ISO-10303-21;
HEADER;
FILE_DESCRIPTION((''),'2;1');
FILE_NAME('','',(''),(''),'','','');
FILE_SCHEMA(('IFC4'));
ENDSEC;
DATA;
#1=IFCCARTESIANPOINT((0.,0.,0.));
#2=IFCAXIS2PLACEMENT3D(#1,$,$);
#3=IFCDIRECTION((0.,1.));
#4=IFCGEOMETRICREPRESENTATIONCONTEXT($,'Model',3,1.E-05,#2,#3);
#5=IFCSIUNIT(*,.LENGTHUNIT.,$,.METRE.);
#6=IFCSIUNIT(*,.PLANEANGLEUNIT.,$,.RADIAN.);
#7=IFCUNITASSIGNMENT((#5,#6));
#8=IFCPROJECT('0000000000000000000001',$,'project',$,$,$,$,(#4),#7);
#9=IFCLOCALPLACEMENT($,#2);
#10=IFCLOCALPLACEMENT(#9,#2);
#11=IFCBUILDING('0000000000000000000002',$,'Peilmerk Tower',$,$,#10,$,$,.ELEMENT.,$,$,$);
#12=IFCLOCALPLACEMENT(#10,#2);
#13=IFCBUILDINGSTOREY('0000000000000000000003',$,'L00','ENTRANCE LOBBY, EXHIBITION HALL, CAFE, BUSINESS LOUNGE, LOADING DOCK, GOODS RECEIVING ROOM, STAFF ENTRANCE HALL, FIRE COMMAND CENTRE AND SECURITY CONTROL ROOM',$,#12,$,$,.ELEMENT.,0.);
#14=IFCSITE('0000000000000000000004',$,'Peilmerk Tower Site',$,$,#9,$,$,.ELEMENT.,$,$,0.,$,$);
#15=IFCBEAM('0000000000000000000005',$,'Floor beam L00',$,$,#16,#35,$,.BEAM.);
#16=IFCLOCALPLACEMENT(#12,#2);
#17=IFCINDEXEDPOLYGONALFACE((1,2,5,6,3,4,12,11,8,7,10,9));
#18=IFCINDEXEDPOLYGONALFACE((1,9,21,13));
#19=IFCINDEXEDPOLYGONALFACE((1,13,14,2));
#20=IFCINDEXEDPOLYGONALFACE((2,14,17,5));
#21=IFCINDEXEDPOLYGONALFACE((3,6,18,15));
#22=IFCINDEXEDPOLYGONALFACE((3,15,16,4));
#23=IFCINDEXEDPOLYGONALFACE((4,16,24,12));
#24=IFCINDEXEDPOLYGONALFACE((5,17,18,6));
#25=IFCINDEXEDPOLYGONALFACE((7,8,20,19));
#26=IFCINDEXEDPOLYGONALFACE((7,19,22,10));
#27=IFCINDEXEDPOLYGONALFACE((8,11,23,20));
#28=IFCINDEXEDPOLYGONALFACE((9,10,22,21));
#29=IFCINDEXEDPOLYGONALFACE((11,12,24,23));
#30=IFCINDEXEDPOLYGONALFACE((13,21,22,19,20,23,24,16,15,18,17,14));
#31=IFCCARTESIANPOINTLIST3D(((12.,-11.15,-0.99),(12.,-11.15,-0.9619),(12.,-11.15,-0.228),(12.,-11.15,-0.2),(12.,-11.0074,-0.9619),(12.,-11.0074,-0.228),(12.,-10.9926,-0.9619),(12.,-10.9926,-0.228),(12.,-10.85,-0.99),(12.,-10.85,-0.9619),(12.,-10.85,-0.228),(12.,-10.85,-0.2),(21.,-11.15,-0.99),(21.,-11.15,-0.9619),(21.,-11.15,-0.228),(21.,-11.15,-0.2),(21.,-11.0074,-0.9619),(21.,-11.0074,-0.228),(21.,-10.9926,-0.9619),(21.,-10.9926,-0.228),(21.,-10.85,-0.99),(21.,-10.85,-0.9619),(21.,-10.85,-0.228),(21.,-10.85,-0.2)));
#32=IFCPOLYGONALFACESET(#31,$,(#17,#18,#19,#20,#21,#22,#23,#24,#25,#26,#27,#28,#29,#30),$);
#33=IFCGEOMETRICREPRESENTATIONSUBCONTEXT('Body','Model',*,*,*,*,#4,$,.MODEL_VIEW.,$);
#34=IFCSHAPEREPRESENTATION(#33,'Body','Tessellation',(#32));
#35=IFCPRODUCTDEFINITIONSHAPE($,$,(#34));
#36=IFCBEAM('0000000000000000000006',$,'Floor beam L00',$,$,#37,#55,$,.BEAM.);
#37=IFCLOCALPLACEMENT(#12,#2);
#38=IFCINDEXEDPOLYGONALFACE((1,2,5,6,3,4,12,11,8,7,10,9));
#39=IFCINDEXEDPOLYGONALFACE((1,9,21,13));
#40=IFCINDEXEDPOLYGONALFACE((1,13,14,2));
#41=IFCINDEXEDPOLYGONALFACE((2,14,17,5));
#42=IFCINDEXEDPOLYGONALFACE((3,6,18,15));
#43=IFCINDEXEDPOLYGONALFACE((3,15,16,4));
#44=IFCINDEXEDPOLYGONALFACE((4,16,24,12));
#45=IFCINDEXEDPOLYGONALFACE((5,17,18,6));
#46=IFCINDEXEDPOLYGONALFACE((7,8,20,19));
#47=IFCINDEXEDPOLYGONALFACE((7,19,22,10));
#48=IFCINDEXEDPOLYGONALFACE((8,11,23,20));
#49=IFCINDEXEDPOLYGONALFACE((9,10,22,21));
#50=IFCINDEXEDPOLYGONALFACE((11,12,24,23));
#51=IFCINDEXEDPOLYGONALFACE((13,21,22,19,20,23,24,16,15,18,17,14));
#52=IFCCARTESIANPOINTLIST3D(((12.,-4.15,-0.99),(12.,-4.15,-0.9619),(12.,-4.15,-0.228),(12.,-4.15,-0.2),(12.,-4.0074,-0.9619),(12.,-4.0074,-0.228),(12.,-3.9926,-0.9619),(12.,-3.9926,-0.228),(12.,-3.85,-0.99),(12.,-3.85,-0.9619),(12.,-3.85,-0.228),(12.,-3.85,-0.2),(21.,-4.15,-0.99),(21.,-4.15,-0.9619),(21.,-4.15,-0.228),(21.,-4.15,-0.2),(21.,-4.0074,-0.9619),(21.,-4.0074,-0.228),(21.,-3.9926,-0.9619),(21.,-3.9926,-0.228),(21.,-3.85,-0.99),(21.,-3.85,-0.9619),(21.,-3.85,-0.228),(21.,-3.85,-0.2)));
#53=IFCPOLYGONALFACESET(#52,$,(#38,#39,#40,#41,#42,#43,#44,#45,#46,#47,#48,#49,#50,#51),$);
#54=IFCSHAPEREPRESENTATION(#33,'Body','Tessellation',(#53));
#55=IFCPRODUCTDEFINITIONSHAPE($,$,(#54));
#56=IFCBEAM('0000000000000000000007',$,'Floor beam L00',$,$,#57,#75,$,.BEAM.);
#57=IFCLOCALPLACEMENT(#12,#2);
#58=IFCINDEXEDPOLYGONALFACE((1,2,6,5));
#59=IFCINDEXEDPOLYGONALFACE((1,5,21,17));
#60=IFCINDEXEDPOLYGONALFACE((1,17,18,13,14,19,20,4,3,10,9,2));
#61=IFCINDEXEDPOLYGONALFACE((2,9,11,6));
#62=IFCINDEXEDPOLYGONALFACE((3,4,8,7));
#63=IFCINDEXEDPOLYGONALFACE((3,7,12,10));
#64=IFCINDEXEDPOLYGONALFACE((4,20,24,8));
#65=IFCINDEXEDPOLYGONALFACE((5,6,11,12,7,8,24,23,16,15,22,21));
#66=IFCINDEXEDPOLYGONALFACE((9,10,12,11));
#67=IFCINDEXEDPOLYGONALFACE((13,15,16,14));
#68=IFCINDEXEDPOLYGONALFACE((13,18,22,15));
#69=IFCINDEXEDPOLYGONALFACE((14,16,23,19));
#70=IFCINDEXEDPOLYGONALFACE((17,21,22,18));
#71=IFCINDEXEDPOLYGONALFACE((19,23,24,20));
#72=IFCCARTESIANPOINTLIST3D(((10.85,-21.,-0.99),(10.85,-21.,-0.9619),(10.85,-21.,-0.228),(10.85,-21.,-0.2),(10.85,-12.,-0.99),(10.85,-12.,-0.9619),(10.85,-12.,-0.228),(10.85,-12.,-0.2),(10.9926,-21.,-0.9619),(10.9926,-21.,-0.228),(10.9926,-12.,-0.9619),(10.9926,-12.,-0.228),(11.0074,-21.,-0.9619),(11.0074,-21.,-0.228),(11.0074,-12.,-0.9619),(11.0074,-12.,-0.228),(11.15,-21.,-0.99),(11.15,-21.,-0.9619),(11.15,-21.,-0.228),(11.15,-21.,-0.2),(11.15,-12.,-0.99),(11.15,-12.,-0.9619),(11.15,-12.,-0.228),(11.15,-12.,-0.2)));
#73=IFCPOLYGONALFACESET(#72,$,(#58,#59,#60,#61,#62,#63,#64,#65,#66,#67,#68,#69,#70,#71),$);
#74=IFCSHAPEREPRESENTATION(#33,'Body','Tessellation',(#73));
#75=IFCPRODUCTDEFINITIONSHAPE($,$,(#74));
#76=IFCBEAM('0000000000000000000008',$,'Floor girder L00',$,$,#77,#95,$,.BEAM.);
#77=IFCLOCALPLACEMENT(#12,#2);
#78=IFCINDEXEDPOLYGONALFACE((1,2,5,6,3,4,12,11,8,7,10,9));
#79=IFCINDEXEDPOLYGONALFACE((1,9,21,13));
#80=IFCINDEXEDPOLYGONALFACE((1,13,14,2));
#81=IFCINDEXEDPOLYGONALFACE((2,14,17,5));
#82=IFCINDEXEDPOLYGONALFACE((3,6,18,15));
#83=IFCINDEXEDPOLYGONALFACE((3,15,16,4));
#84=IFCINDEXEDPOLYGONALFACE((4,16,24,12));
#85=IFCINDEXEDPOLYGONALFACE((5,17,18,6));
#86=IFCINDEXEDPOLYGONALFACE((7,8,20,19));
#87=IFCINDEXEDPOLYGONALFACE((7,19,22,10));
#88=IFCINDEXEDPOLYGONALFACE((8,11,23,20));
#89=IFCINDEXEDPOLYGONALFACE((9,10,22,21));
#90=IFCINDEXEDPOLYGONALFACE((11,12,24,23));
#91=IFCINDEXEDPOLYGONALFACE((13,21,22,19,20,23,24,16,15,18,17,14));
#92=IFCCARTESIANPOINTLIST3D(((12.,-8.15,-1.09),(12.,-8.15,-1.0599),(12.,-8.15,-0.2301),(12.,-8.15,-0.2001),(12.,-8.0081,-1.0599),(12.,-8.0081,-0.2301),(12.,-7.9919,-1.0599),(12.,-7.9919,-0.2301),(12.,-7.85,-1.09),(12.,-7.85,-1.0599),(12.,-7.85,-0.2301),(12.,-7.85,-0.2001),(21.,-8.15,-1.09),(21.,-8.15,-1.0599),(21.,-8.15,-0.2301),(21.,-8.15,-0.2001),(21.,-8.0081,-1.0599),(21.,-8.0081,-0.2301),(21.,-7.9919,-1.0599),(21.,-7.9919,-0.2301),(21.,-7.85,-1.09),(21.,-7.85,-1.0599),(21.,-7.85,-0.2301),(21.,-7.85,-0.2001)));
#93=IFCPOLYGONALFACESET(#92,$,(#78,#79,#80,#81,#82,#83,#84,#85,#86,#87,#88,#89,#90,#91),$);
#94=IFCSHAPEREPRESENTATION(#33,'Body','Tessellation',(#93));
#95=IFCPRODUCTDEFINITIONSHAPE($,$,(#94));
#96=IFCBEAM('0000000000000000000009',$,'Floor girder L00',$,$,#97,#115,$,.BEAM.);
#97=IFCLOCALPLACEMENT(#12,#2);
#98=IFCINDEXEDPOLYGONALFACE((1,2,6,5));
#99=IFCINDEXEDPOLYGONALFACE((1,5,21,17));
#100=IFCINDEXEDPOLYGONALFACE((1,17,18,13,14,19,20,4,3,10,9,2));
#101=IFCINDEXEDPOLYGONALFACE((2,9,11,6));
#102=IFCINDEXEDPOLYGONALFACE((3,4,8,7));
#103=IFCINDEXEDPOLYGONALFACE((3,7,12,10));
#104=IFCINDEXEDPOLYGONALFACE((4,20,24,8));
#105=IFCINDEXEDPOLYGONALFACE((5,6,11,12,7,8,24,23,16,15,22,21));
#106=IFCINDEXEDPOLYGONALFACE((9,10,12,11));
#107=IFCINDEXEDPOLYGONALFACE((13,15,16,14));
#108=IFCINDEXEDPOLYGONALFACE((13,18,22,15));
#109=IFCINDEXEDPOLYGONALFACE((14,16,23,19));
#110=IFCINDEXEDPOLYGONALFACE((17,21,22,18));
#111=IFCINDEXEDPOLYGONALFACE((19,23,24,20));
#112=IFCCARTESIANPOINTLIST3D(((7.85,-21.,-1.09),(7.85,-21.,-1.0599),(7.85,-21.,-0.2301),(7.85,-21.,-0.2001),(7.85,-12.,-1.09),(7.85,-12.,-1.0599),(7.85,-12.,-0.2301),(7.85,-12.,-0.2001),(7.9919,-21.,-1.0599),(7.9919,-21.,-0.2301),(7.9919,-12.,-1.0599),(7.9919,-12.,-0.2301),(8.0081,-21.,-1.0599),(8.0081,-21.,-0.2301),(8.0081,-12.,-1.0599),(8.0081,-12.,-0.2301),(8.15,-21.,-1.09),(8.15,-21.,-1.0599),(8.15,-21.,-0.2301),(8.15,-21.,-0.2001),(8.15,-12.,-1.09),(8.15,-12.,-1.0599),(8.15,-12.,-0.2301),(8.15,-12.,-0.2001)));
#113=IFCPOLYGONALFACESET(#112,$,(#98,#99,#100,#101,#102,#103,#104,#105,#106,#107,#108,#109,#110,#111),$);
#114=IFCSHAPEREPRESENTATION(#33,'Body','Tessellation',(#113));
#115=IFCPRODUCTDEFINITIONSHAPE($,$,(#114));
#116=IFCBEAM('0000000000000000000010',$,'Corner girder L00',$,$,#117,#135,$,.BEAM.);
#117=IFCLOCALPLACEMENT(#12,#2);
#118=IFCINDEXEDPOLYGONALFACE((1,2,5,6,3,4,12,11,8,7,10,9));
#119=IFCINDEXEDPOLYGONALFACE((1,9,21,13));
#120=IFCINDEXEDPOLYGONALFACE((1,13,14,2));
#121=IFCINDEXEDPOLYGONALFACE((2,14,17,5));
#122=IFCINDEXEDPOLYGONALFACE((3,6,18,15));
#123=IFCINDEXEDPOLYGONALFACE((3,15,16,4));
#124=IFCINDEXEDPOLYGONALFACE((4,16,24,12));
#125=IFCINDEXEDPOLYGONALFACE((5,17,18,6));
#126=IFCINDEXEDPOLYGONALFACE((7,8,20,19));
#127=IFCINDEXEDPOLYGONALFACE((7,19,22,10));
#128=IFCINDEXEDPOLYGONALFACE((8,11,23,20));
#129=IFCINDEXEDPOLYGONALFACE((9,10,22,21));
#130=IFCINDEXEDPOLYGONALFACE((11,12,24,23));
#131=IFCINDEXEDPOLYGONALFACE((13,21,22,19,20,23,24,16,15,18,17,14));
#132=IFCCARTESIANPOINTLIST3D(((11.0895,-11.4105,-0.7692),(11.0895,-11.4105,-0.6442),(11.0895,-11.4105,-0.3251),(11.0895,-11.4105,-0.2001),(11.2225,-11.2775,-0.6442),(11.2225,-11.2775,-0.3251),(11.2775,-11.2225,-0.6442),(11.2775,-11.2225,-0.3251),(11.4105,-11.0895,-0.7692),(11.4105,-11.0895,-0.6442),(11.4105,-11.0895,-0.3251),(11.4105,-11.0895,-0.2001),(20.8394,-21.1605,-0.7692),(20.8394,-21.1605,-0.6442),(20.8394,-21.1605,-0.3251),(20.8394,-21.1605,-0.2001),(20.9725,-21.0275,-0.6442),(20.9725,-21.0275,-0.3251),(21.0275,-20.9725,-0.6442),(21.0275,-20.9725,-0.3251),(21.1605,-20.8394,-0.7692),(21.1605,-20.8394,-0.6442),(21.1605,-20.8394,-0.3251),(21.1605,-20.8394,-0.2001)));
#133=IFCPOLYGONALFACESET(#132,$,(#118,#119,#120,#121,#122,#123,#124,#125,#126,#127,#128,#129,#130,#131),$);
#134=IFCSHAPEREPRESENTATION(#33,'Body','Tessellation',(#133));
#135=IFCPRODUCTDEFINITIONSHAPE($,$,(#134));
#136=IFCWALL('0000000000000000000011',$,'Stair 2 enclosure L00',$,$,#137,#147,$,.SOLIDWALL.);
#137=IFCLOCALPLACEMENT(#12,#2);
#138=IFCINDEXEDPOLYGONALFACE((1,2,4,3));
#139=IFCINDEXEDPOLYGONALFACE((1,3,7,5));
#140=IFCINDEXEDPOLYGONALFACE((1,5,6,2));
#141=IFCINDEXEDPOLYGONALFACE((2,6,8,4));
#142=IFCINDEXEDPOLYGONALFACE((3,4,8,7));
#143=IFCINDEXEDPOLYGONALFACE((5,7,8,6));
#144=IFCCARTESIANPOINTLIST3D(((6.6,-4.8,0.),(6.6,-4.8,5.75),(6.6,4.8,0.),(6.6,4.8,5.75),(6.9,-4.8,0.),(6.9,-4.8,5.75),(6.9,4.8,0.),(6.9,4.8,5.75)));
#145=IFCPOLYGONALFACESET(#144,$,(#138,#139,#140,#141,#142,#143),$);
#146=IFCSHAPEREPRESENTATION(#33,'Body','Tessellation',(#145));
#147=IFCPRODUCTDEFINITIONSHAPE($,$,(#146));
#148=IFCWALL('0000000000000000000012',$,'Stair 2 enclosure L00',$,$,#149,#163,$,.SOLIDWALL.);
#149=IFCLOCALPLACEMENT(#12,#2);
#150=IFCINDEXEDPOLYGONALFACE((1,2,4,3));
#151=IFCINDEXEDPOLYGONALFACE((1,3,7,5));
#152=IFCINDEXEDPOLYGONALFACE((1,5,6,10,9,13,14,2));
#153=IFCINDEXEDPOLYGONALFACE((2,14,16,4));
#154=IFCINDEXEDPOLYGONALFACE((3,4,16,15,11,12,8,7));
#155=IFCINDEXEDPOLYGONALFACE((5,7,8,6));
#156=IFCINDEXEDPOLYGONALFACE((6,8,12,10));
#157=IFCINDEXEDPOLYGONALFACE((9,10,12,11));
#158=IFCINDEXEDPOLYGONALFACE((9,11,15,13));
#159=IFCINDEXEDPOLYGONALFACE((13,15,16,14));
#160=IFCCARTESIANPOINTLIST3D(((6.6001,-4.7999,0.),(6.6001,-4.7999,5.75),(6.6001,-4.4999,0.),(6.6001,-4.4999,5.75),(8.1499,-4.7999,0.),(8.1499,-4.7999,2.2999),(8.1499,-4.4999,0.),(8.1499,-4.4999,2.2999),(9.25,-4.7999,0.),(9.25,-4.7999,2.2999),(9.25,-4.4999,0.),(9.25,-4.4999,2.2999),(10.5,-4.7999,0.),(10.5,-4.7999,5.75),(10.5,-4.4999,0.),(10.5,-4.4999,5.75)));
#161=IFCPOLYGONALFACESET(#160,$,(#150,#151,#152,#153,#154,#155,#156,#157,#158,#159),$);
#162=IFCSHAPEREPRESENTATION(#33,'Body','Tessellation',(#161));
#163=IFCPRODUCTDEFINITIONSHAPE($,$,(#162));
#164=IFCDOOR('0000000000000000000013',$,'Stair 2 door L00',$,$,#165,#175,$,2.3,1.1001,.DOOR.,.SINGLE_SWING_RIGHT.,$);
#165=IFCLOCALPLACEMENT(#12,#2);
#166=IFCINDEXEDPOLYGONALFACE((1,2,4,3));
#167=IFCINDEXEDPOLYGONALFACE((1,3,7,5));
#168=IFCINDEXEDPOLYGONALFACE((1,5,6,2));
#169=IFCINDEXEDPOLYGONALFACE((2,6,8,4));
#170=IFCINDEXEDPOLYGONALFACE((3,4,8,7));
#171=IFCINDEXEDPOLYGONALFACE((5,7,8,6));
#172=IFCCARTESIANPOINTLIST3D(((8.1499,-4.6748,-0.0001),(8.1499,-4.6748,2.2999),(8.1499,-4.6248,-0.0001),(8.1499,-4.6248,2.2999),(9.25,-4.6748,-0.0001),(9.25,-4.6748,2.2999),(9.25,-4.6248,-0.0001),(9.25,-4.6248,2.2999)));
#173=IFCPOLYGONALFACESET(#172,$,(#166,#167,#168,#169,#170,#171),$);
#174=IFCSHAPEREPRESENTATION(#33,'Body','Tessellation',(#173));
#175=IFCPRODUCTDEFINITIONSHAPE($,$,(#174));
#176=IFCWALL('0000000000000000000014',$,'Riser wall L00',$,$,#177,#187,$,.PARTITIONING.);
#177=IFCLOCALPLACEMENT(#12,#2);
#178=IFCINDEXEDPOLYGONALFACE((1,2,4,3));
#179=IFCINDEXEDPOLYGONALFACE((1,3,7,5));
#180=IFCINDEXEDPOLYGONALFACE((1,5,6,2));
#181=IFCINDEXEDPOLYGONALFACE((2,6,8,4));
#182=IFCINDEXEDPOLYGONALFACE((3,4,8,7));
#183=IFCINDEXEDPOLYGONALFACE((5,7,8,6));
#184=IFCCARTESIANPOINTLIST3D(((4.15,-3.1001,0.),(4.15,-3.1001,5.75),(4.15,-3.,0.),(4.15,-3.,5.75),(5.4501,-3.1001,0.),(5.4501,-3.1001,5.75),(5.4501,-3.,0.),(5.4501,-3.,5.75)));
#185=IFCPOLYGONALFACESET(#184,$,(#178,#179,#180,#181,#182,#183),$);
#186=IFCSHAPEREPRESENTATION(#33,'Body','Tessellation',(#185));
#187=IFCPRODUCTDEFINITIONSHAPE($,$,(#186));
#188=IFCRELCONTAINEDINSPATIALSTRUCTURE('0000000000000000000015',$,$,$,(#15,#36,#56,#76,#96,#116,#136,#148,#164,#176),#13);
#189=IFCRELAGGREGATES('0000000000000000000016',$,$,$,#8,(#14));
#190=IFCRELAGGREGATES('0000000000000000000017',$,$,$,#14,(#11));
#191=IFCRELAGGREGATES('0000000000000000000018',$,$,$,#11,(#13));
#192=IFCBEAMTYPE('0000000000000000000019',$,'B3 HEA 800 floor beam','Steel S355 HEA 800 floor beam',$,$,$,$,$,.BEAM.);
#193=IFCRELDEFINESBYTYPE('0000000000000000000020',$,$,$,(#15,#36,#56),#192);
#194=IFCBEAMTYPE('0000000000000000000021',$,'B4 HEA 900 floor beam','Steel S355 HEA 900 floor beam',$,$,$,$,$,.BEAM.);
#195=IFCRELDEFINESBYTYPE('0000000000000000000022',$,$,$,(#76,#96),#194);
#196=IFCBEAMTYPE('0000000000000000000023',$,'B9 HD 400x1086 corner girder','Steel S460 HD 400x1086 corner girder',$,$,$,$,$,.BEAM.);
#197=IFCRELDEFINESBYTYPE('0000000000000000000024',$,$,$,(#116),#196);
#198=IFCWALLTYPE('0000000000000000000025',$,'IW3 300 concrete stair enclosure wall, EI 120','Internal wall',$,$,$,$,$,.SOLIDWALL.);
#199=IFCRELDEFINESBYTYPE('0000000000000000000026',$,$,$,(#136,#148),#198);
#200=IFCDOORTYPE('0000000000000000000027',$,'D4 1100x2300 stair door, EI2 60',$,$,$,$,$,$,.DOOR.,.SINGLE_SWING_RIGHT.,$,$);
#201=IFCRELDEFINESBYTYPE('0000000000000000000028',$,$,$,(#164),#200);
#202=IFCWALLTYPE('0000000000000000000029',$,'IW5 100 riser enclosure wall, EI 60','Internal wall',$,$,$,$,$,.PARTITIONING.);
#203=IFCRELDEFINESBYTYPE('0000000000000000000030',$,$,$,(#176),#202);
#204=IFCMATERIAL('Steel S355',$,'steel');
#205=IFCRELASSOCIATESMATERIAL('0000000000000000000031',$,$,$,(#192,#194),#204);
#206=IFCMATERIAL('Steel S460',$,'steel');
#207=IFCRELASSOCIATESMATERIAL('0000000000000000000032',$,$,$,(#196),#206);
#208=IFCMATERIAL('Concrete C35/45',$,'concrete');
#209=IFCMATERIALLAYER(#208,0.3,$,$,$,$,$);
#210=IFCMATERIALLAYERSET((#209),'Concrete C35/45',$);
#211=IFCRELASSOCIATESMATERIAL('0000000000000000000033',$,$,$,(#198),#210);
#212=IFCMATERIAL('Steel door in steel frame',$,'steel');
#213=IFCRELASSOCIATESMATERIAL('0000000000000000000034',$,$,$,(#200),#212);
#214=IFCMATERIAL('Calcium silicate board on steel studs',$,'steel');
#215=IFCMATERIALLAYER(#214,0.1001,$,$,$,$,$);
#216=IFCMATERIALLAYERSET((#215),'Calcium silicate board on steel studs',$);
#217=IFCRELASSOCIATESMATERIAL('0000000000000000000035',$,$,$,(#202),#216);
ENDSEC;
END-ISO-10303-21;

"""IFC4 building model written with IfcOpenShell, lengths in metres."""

from ifc_helpers import new_model, si_unit, direction, frame, frame_2d, origin, origin_2d, place, context, subcontext, project, spatial, rectangle, i_section, extrude, material, layer, layer_set, material_profile, profile_set, type_object, element, fill, save


model = new_model("IFC4")

# Units and contexts
model_context = context("Model", 3, precision=1e-05, world=origin(), true_north=direction((0.0, 1.0)))
body_context = subcontext(model_context, "Body", "Model", "MODEL_VIEW")
ifc_project = project(units=[si_unit("LENGTHUNIT", "METRE"), si_unit("PLANEANGLEUNIT", "RADIAN")], contexts=[model_context])

# Site, building, storey
site_placement = place(None, origin())
site = spatial("IfcSite", under=ifc_project, at=site_placement, Name="Peilmerk Tower Site", CompositionType="ELEMENT", RefElevation=0.0)
building_placement = place(site_placement, origin())
building = spatial("IfcBuilding", under=site, at=building_placement, Name="Peilmerk Tower", CompositionType="ELEMENT")
storey_placement = place(building_placement, origin())
storey = spatial("IfcBuildingStorey", under=building, at=storey_placement, Name="L00", Description="ENTRANCE LOBBY, EXHIBITION HALL, CAFE, BUSINESS LOUNGE, LOADING DOCK, GOODS RECEIVING ROOM, STAFF ENTRANCE HALL, FIRE COMMAND CENTRE AND SECURITY CONTROL ROOM", CompositionType="ELEMENT", Elevation=0.0)

# Beams
ifc_material_1 = material(Name="Steel S355", Category="steel")
ifc_material_profile_1 = material_profile(ifc_material_1, i_section(OverallWidth=0.3, OverallDepth=0.79, WebThickness=0.0149, FlangeThickness=0.0281, at=origin_2d()), Name="HEA 800")
ifc_profile_set_1 = profile_set([ifc_material_profile_1], Name="Steel S355")
beam_type_1 = type_object("IfcBeamType", Name="B3 HEA 800 floor beam", Description="Steel S355 HEA 800 floor beam", PredefinedType="BEAM", material=ifc_profile_set_1)
for number, where, z_axis, x_axis, name in (
    (1, (12.0, -11.0, -0.595), (1.0, 0.0, 0.0), (0.0, 1.0, 0.0), "Floor beam L00"),
    (2, (12.0, -4.0, -0.595), (1.0, 0.0, 0.0), (0.0, 1.0, 0.0), "Floor beam L00"),
    (3, (11.0, -12.0, -0.595), (0.0, -1.0, 0.0), (1.0, 0.0, 0.0), "Floor beam L00"),
):
    element("IfcBeam", number, at=place(storey_placement, frame(where, z_axis=z_axis, x_axis=x_axis)), inside=storey, type_object=beam_type_1, Name=name, PredefinedType="BEAM", context=body_context, shape_type="SweptSolid", body=[
        extrude(i_section(OverallWidth=0.3, OverallDepth=0.79, WebThickness=0.0149, FlangeThickness=0.0281, at=origin_2d()), origin(), (0.0, 0.0, 1.0), 9.0),
    ])
ifc_material_profile_2 = material_profile(ifc_material_1, i_section(OverallWidth=0.3, OverallDepth=0.8899, WebThickness=0.0161, FlangeThickness=0.03, at=origin_2d()), Name="HEA 900")
ifc_profile_set_2 = profile_set([ifc_material_profile_2], Name="Steel S355")
beam_type_2 = type_object("IfcBeamType", Name="B4 HEA 900 floor beam", Description="Steel S355 HEA 900 floor beam", PredefinedType="BEAM", material=ifc_profile_set_2)
for number, where, z_axis, x_axis, name in (
    (4, (12.0, -8.0, -0.645), (1.0, 0.0, 0.0), (0.0, 1.0, 0.0), "Floor girder L00"),
    (5, (8.0, -12.0, -0.645), (0.0, -1.0, 0.0), (1.0, 0.0, 0.0), "Floor girder L00"),
):
    element("IfcBeam", number, at=place(storey_placement, frame(where, z_axis=z_axis, x_axis=x_axis)), inside=storey, type_object=beam_type_2, Name=name, PredefinedType="BEAM", context=body_context, shape_type="SweptSolid", body=[
        extrude(i_section(OverallWidth=0.3, OverallDepth=0.8899, WebThickness=0.0161, FlangeThickness=0.03, at=origin_2d()), origin(), (0.0, 0.0, 1.0), 9.0),
    ])
ifc_material_2 = material(Name="Steel S460", Category="steel")
ifc_material_profile_3 = material_profile(ifc_material_2, i_section(OverallWidth=0.4541, OverallDepth=0.5691, WebThickness=0.0779, FlangeThickness=0.125, at=origin_2d()), Name="HD 400x1086")
ifc_profile_set_3 = profile_set([ifc_material_profile_3], Name="Steel S460")
beam_type_3 = type_object("IfcBeamType", Name="B9 HD 400x1086 corner girder", Description="Steel S460 HD 400x1086 corner girder", PredefinedType="BEAM", material=ifc_profile_set_3)
beam_placement = place(storey_placement, frame((11.25, -11.25, -0.4846), z_axis=(0.707107, -0.707107, 0.0), x_axis=(0.707107, 0.707107, 0.0)))
element("IfcBeam", 6, at=beam_placement, inside=storey, type_object=beam_type_3, Name="Corner girder L00", PredefinedType="BEAM", context=body_context, shape_type="SweptSolid", body=[
    extrude(i_section(OverallWidth=0.4541, OverallDepth=0.5691, WebThickness=0.0779, FlangeThickness=0.125, at=origin_2d()), origin(), (0.0, 0.0, 1.0), 13.7886),
])

# Wall
ifc_material_3 = material(Name="Concrete C35/45", Category="concrete")
ifc_layer_1 = layer(ifc_material_3, 0.3)
ifc_layer_set_1 = layer_set([ifc_layer_1], Name="Concrete C35/45")
wall_type_1 = type_object("IfcWallType", Name="IW3 300 concrete stair enclosure wall, EI 120", Description="Internal wall", PredefinedType="SOLIDWALL", material=ifc_layer_set_1)
wall_1_placement = place(storey_placement, frame((6.75, -4.8, 0.0), z_axis=(0.0, 0.0, 1.0), x_axis=(0.0, 1.0, 0.0)))
element("IfcWall", 7, at=wall_1_placement, inside=storey, type_object=wall_type_1, Name="Stair 2 enclosure L00", PredefinedType="SOLIDWALL", context=body_context, shape_type="SweptSolid", body=[
    extrude(rectangle(XDim=9.6001, YDim=0.3, at=frame_2d((4.8, 0.0))), origin(), (0.0, 0.0, 1.0), 5.75),
])

# Wall, opening, door
wall_2_placement = place(storey_placement, frame((10.5, -4.6499, 0.0), z_axis=(0.0, 0.0, 1.0), x_axis=(-1.0, 0.0, 0.0)))
wall_2 = element("IfcWall", 8, at=wall_2_placement, inside=storey, type_object=wall_type_1, Name="Stair 2 enclosure L00", PredefinedType="SOLIDWALL", context=body_context, shape_type="SweptSolid", body=[
    extrude(rectangle(XDim=3.8999, YDim=0.3, at=frame_2d((1.95, 0.0))), origin(), (0.0, 0.0, 1.0), 5.75),
])
opening_1_placement = place(wall_2_placement, frame((1.25, 0.0, 0.0)))
opening_1 = element("IfcOpeningElement", 9, at=opening_1_placement, cuts=wall_2, PredefinedType="OPENING", context=body_context, shape_type="SweptSolid", body=[
    extrude(rectangle(XDim=1.1001, YDim=2.3, at=frame_2d((0.55, 1.1499))), frame((0.0, 0.1599, 0.0), z_axis=(0.0, -1.0, 0.0), x_axis=(1.0, 0.0, 0.0)), (0.0, 0.0, 1.0), 0.3201),
])
ifc_material_4 = material(Name="Steel door in steel frame", Category="steel")
door_type_1 = type_object("IfcDoorType", Name="D4 1100x2300 stair door, EI2 60", OperationType="SINGLE_SWING_RIGHT", PredefinedType="DOOR", material=ifc_material_4)
door_1_placement = place(opening_1_placement, origin())
door_1 = element("IfcDoor", 10, at=door_1_placement, inside=storey, type_object=door_type_1, Name="Stair 2 door L00", OperationType="SINGLE_SWING_RIGHT", OverallHeight=2.3, OverallWidth=1.1001, PredefinedType="DOOR", context=body_context, shape_type="SweptSolid", body=[
    extrude(rectangle(XDim=1.1001, YDim=2.3, at=frame_2d((0.55, 1.1499))), frame((0.0, 0.0249, 0.0), z_axis=(0.0, -1.0, 0.0), x_axis=(1.0, 0.0, 0.0)), (0.0, 0.0, 1.0), 0.05),
])
fill(opening_1, door_1)

# Wall
ifc_material_5 = material(Name="Calcium silicate board on steel studs", Category="steel")
ifc_layer_2 = layer(ifc_material_5, 0.1001)
ifc_layer_set_2 = layer_set([ifc_layer_2], Name="Calcium silicate board on steel studs")
wall_type_2 = type_object("IfcWallType", Name="IW5 100 riser enclosure wall, EI 60", Description="Internal wall", PredefinedType="PARTITIONING", material=ifc_layer_set_2)
wall_3_placement = place(storey_placement, frame((5.45, -3.05, 0.0), z_axis=(0.0, 0.0, 1.0), x_axis=(-1.0, 0.0, 0.0)))
element("IfcWall", 11, at=wall_3_placement, inside=storey, type_object=wall_type_2, Name="Riser wall L00", PredefinedType="PARTITIONING", context=body_context, shape_type="SweptSolid", body=[
    extrude(rectangle(XDim=1.3, YDim=0.1001, at=frame_2d((0.6499, 0.0))), origin(), (0.0, 0.0, 1.0), 5.75),
])

save(model, "model.ifc")
